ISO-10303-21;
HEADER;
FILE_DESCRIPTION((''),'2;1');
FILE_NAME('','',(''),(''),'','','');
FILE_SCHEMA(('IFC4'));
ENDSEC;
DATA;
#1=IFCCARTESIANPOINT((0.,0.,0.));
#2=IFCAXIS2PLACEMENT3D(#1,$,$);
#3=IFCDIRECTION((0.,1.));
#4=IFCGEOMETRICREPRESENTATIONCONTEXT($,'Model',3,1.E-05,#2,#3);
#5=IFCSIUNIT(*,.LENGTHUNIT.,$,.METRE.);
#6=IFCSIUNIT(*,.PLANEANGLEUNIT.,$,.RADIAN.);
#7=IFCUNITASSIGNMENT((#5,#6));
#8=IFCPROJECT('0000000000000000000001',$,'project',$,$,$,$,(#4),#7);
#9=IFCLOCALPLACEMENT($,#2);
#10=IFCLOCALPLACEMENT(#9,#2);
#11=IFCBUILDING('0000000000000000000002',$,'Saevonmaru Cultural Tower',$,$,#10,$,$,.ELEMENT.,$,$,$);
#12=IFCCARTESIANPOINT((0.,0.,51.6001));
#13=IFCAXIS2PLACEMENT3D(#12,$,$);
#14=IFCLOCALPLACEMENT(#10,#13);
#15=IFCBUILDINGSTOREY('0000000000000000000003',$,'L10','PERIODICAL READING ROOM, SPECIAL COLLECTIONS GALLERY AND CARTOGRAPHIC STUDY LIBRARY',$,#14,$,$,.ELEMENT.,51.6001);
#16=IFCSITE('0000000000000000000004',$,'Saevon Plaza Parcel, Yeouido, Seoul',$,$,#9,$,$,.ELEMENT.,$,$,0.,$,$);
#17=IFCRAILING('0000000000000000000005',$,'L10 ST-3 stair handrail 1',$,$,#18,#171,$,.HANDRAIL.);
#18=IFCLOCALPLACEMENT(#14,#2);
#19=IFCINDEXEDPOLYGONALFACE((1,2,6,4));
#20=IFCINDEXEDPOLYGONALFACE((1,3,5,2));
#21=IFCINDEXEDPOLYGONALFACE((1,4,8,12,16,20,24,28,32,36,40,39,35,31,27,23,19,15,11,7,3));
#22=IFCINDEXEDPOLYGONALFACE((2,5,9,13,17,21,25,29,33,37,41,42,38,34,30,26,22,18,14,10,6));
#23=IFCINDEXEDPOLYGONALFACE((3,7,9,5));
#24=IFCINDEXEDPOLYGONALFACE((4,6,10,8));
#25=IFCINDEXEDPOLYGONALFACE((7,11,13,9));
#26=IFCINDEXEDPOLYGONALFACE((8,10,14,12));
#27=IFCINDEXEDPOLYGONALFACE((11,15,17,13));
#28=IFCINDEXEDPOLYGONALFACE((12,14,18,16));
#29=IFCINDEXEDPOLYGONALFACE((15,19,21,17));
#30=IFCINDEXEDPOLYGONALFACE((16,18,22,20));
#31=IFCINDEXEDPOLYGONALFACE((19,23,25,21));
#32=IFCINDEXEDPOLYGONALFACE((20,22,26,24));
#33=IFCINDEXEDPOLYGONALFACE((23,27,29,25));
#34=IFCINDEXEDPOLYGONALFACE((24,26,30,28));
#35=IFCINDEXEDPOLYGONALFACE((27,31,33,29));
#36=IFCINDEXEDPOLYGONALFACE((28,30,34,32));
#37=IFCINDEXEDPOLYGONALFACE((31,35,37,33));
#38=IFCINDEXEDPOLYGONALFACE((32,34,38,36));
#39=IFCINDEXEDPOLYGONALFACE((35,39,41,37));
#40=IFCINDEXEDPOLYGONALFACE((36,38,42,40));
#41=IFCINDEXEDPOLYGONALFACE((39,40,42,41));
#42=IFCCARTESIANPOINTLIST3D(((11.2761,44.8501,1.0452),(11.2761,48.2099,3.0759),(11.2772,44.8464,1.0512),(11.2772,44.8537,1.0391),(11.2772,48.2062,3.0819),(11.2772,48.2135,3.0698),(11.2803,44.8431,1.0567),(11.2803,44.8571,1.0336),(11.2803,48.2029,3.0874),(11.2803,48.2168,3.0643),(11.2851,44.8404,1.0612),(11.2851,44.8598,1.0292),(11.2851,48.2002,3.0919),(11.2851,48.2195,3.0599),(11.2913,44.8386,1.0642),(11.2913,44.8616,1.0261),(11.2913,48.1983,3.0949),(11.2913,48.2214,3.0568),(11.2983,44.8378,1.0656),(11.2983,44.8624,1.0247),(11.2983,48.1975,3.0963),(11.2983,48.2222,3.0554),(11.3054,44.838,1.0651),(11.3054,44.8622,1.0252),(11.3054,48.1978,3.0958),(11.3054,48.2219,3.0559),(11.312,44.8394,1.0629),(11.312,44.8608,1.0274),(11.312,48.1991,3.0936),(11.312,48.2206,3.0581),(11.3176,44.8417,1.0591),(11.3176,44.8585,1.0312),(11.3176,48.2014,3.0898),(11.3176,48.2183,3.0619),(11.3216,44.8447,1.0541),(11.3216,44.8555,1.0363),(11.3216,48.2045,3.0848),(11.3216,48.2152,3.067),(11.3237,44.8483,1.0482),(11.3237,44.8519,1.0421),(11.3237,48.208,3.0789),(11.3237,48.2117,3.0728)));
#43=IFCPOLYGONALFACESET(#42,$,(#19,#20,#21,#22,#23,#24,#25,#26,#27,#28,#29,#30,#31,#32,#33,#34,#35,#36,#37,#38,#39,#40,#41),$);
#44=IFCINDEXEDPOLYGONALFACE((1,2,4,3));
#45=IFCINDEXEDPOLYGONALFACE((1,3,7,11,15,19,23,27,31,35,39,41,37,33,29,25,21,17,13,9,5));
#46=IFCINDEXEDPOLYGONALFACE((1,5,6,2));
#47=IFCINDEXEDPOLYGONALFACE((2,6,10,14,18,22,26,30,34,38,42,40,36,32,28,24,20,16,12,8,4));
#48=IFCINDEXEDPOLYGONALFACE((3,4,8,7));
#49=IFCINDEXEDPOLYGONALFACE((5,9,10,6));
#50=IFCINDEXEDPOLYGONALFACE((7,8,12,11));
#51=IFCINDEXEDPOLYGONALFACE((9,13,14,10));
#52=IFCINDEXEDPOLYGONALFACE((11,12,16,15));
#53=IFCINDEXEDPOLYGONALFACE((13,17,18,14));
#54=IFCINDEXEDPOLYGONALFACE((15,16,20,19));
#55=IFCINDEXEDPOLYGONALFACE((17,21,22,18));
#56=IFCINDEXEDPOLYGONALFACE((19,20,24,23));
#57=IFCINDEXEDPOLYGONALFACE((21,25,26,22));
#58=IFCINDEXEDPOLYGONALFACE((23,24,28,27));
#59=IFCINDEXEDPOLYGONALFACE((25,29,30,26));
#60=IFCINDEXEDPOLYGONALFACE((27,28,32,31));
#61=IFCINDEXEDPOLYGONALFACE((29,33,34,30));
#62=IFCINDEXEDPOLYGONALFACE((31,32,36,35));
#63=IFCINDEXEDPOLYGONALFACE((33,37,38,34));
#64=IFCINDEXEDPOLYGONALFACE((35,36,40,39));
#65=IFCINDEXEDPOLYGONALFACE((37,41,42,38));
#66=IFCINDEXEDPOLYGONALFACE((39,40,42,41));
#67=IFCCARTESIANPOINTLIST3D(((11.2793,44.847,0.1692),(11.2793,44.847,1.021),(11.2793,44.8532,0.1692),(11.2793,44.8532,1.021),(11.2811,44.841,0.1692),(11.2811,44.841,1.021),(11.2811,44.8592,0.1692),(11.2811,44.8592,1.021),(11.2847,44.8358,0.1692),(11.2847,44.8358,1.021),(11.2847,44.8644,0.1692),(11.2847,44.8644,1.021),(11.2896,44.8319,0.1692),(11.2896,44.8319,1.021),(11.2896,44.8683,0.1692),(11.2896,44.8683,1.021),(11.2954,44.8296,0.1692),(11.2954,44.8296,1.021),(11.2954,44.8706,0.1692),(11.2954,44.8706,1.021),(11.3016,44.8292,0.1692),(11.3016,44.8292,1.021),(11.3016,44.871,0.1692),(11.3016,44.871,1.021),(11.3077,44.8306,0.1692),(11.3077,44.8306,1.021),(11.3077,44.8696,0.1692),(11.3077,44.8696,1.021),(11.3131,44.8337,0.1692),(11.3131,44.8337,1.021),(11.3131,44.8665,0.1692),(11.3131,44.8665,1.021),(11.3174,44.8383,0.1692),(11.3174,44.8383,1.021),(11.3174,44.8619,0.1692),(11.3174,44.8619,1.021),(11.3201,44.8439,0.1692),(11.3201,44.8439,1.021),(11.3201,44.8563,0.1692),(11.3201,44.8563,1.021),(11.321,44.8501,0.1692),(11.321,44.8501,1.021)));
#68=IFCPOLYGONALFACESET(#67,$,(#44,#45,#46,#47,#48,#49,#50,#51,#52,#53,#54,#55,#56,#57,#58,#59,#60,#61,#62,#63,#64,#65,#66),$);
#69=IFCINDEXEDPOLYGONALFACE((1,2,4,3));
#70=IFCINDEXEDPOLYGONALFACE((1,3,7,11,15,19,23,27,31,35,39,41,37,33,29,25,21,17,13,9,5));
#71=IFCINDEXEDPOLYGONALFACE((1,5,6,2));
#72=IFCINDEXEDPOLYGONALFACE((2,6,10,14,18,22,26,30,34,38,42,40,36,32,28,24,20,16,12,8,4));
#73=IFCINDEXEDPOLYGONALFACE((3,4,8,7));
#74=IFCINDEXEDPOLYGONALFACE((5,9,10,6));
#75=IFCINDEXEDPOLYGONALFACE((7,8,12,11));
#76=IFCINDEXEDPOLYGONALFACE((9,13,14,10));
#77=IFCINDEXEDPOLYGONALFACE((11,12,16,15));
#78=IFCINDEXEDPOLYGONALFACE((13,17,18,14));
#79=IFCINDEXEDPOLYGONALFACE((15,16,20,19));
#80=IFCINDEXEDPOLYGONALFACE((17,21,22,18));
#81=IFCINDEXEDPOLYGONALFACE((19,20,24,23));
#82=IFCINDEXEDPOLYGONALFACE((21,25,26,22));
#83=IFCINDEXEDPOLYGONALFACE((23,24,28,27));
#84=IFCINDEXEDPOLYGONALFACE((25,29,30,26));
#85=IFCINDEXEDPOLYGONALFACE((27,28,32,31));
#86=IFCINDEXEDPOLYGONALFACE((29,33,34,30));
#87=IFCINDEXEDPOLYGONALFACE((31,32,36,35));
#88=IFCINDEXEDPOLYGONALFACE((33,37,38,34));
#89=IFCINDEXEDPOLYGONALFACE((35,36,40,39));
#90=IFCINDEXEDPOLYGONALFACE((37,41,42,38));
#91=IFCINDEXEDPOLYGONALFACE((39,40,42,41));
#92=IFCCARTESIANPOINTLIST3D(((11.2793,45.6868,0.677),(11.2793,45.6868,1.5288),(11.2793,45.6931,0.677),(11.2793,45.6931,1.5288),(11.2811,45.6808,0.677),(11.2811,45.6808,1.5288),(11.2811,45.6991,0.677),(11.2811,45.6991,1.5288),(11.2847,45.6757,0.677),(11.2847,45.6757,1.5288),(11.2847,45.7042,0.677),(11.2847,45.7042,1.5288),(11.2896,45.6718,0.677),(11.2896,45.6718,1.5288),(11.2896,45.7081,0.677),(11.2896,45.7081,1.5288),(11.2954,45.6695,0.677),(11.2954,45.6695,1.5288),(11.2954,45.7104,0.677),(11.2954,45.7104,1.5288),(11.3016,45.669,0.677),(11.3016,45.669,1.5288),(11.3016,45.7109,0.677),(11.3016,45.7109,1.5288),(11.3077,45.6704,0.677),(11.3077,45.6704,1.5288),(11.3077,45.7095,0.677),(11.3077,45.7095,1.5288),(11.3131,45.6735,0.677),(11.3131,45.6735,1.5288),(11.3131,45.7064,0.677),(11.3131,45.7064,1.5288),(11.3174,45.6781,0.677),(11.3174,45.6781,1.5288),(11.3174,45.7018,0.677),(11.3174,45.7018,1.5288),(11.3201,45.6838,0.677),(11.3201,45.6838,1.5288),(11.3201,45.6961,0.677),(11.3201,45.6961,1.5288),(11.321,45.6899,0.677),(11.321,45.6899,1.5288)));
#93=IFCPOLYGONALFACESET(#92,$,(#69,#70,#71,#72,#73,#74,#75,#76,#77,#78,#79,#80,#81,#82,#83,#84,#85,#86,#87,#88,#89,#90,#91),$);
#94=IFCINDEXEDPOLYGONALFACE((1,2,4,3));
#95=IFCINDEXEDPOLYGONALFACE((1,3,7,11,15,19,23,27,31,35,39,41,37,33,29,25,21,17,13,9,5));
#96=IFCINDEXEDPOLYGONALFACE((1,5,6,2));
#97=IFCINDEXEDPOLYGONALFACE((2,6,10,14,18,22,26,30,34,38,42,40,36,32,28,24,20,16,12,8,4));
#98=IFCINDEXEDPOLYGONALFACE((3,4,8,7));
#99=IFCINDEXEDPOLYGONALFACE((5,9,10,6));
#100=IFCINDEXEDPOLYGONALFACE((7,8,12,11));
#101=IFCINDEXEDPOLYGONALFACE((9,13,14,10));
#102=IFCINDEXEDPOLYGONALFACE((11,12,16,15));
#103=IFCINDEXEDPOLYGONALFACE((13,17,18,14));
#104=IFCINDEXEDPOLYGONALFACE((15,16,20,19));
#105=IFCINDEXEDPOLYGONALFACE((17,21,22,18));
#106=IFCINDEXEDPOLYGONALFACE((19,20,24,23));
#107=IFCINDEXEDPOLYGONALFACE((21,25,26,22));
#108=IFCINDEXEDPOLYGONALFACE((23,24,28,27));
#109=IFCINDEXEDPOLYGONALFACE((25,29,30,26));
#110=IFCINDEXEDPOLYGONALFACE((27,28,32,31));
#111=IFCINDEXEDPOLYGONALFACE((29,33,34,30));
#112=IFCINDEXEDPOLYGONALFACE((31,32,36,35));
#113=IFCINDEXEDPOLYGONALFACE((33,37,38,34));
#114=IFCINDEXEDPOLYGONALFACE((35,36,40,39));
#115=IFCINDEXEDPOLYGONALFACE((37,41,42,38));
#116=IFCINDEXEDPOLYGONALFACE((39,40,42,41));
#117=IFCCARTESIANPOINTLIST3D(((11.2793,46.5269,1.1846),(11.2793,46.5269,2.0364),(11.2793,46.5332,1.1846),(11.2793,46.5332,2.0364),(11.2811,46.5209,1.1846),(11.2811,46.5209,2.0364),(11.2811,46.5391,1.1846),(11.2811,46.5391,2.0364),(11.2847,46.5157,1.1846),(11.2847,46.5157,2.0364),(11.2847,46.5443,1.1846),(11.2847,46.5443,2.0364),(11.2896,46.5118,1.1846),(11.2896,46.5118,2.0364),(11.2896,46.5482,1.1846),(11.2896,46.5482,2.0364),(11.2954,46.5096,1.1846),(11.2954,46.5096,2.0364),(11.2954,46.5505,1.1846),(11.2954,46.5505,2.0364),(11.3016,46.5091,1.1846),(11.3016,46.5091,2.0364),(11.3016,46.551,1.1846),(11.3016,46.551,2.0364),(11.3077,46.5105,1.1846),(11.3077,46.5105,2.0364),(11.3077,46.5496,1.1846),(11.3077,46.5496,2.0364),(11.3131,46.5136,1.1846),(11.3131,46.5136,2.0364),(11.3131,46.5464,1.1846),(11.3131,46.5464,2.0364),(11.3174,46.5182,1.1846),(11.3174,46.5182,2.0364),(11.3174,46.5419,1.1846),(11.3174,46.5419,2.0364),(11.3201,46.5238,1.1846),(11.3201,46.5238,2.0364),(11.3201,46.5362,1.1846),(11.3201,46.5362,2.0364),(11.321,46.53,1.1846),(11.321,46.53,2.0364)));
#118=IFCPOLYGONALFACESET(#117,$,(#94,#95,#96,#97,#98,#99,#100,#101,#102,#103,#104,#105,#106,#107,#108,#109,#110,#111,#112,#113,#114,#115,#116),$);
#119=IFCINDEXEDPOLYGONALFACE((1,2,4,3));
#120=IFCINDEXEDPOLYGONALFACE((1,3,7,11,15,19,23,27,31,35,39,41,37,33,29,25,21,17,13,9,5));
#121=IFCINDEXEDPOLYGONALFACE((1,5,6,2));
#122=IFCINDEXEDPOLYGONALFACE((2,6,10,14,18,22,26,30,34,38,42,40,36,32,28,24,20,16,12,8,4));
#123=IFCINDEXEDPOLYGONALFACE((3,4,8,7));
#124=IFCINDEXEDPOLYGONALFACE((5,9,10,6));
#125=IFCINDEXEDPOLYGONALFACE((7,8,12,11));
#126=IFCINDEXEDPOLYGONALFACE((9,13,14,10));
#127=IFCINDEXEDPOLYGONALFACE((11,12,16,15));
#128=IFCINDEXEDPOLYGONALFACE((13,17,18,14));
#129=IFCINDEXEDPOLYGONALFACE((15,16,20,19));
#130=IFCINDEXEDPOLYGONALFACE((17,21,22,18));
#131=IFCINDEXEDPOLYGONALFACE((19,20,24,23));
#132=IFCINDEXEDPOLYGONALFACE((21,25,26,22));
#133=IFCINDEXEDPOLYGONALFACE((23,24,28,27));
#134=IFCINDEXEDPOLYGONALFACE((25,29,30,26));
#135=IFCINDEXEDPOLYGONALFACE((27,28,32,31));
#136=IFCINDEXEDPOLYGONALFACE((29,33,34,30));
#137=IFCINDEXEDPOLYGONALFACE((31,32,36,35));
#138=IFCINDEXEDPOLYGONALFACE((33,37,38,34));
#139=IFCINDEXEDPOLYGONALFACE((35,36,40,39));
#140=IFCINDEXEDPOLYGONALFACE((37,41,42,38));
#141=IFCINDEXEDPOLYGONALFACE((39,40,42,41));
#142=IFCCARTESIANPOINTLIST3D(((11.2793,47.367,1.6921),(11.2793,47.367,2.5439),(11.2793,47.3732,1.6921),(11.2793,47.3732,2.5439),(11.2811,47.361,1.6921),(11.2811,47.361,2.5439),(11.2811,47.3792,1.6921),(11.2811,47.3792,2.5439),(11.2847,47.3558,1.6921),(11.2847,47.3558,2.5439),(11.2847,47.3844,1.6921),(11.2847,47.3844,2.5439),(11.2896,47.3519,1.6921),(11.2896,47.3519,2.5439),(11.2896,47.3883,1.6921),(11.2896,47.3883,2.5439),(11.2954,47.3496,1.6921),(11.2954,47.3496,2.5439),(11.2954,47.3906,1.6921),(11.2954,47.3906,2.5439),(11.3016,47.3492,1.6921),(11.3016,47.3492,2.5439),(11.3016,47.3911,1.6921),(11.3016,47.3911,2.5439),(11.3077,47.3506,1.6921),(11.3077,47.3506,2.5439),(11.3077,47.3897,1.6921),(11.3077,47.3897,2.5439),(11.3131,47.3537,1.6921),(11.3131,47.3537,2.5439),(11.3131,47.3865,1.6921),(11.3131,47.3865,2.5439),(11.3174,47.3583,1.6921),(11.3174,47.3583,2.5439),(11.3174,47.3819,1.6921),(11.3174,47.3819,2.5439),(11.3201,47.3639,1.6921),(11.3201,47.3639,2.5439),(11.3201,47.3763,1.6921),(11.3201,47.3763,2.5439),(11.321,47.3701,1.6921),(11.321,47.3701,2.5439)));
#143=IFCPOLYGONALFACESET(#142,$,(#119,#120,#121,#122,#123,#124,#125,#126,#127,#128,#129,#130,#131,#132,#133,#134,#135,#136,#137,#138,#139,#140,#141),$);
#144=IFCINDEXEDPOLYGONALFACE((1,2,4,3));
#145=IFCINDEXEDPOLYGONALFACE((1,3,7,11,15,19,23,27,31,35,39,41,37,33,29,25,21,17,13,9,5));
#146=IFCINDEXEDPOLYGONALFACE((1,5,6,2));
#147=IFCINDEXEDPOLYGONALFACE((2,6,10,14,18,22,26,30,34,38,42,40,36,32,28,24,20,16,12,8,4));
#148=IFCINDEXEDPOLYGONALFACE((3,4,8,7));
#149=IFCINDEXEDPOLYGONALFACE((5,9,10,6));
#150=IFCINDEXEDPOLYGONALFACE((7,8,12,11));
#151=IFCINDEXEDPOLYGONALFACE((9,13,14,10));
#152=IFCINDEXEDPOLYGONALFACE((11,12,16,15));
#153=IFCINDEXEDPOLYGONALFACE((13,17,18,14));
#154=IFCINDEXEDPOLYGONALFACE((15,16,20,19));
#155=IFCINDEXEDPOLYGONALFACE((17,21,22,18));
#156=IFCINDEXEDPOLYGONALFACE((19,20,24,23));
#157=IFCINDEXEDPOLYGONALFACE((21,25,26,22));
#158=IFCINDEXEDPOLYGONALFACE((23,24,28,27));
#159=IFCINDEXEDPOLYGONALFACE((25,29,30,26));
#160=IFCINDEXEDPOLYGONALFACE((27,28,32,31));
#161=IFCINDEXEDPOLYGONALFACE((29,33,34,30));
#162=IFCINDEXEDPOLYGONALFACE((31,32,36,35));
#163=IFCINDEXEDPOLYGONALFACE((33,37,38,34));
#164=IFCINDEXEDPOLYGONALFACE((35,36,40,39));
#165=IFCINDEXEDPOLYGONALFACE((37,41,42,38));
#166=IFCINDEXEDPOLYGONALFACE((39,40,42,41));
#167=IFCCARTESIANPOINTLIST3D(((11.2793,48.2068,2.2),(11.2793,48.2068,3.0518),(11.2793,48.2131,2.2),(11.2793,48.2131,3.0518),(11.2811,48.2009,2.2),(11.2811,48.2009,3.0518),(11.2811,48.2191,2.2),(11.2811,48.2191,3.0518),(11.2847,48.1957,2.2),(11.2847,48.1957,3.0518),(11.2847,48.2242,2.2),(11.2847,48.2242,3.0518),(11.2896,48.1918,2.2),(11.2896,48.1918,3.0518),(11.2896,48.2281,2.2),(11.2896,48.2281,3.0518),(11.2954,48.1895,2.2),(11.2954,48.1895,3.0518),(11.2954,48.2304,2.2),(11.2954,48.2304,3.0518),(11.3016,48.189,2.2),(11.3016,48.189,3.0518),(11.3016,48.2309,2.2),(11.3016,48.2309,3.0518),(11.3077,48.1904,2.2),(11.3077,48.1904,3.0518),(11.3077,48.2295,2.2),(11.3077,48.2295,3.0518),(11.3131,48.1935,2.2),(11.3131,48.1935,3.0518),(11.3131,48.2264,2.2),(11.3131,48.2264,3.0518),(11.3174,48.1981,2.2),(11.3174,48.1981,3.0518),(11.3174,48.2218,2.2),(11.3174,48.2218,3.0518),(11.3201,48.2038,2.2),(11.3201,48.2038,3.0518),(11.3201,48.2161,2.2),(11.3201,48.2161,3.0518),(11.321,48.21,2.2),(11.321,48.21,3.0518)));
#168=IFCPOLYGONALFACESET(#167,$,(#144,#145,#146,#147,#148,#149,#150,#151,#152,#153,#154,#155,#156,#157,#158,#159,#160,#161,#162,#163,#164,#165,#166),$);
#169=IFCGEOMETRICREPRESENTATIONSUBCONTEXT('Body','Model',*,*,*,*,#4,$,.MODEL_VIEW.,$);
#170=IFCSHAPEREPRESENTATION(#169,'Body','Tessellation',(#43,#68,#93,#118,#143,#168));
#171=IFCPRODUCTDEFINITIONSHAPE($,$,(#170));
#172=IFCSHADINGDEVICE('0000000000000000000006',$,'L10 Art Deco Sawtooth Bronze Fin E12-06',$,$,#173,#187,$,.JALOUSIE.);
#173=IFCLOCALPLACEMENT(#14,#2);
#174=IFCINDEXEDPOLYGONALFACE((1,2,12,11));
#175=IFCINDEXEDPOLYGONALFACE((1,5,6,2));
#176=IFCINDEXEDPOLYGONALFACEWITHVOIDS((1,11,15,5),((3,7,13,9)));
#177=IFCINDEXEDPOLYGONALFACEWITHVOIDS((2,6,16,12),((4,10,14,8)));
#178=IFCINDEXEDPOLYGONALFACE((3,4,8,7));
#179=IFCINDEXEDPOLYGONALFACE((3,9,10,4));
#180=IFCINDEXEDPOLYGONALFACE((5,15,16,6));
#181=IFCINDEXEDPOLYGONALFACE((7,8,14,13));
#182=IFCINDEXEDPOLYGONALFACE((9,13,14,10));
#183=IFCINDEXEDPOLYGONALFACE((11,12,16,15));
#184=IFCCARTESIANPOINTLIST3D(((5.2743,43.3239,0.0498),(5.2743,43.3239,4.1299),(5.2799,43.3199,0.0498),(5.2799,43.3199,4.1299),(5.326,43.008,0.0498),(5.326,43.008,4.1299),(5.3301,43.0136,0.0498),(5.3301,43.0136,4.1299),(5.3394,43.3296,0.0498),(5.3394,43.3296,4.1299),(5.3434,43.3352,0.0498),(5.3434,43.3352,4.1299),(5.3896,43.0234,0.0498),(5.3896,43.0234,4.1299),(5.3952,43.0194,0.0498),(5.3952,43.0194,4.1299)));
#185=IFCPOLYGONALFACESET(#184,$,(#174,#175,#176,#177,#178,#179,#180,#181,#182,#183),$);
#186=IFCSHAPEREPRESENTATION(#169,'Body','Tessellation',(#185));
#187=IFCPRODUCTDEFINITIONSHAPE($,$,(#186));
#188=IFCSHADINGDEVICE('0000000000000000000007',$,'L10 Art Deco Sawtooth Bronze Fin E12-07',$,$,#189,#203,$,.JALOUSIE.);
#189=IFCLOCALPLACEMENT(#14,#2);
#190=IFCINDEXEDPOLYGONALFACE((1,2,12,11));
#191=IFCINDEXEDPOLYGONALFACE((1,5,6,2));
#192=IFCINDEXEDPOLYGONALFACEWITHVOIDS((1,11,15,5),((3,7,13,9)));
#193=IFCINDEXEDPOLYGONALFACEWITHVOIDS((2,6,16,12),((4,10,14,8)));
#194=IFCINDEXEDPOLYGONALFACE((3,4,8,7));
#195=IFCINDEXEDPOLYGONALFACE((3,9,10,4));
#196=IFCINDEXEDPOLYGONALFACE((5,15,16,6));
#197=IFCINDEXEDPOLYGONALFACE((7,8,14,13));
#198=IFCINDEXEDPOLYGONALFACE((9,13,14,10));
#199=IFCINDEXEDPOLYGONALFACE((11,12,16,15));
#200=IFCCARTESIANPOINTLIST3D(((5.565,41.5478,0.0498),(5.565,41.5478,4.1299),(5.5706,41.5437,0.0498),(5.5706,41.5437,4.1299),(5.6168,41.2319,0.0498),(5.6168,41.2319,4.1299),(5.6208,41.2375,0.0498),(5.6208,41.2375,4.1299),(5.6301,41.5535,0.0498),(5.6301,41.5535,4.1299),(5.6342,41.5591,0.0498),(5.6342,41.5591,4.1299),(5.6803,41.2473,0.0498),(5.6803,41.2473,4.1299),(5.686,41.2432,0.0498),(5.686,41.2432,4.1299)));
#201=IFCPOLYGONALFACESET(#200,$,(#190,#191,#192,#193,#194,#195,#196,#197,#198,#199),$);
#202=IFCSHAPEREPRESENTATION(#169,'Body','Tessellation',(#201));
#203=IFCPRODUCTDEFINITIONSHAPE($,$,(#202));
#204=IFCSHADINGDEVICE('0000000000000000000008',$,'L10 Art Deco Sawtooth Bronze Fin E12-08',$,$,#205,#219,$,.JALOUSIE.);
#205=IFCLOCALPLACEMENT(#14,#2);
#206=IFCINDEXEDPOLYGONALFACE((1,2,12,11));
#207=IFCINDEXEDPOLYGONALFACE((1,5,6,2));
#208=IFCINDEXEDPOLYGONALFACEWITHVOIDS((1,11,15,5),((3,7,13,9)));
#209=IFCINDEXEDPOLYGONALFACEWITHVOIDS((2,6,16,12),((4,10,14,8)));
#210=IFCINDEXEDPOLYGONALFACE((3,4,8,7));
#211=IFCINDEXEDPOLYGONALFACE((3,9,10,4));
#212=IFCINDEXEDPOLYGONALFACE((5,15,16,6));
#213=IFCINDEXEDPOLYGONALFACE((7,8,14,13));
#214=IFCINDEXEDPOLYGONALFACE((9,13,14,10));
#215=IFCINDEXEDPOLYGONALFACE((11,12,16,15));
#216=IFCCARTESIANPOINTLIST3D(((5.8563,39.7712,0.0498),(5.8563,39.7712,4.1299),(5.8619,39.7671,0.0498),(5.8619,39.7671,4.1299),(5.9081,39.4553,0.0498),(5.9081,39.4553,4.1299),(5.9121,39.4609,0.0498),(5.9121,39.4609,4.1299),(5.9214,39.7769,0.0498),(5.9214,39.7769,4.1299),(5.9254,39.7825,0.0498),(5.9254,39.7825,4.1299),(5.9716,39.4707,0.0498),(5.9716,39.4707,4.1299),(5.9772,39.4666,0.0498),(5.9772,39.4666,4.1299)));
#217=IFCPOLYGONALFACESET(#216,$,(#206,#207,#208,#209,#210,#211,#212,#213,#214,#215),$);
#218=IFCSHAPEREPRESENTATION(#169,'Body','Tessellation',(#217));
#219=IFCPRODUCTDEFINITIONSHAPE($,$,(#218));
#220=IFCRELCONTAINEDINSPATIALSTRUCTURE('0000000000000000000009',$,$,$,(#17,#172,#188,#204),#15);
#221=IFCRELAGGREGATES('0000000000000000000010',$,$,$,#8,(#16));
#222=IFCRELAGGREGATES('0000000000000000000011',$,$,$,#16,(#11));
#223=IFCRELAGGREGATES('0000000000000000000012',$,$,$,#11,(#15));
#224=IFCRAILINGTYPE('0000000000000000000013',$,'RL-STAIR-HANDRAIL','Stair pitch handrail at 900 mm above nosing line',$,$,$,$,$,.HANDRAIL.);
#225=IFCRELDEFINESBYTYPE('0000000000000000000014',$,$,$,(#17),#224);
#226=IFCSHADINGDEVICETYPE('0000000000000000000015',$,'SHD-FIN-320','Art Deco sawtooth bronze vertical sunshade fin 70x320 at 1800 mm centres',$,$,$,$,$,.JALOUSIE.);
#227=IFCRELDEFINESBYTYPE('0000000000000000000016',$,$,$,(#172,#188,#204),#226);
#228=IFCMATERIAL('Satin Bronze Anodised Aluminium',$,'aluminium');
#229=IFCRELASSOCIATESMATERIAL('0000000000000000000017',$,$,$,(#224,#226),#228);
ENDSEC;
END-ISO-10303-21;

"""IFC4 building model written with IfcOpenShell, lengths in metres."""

from ifc_helpers import new_model, si_unit, direction, frame, origin, origin_2d, place, context, subcontext, project, spatial, hollow_rectangle, circle, extrude, material, material_profile, profile_set, type_object, element, save


model = new_model("IFC4")

# Units and contexts
model_context = context("Model", 3, precision=1e-05, world=origin(), true_north=direction((0.0, 1.0)))
body_context = subcontext(model_context, "Body", "Model", "MODEL_VIEW")
ifc_project = project(units=[si_unit("LENGTHUNIT", "METRE"), si_unit("PLANEANGLEUNIT", "RADIAN")], contexts=[model_context])

# Site, building, storey
site_placement = place(None, origin())
site = spatial("IfcSite", under=ifc_project, at=site_placement, Name="Saevon Plaza Parcel, Yeouido, Seoul", CompositionType="ELEMENT", RefElevation=0.0)
building_placement = place(site_placement, origin())
building = spatial("IfcBuilding", under=site, at=building_placement, Name="Saevonmaru Cultural Tower", CompositionType="ELEMENT")
storey_placement = place(building_placement, frame((0.0, 0.0, 51.6001)))
storey = spatial("IfcBuildingStorey", under=building, at=storey_placement, Name="L10", Description="PERIODICAL READING ROOM, SPECIAL COLLECTIONS GALLERY AND CARTOGRAPHIC STUDY LIBRARY", CompositionType="ELEMENT", Elevation=51.6001)

# Shared definitions
ifc_material_1 = material(Name="Satin Bronze Anodised Aluminium", Category="aluminium")

# Railing
railing_type_1 = type_object("IfcRailingType", Name="RL-STAIR-HANDRAIL", Description="Stair pitch handrail at 900 mm above nosing line", PredefinedType="HANDRAIL", material=ifc_material_1)
railing_1_placement = place(storey_placement, frame((11.3, 44.8501, 0.1692)))
element("IfcRailing", 1, at=railing_1_placement, inside=storey, type_object=railing_type_1, Name="L10 ST-3 stair handrail 1", PredefinedType="HANDRAIL", context=body_context, shape_type="SweptSolid", body=[
    extrude(circle(Radius=0.0239, at=origin_2d()), frame((0.0, 0.0, 0.876), z_axis=(0.0, 0.85582, 0.517273), x_axis=(-1.0, 0.0, 0.0)), (0.0, 0.0, 1.0), 3.9258),
    extrude(circle(Radius=0.021, at=origin_2d()), origin(), (0.0, 0.0, 1.0), 0.8518),
    extrude(circle(Radius=0.021, at=origin_2d()), frame((0.0, 0.8398, 0.5078)), (0.0, 0.0, 1.0), 0.8518),
    extrude(circle(Radius=0.021, at=origin_2d()), frame((0.0, 1.6799, 1.0154)), (0.0, 0.0, 1.0), 0.8518),
    extrude(circle(Radius=0.021, at=origin_2d()), frame((0.0, 2.52, 1.5229)), (0.0, 0.0, 1.0), 0.8518),
    extrude(circle(Radius=0.021, at=origin_2d()), frame((0.0, 3.3599, 2.0308)), (0.0, 0.0, 1.0), 0.8518),
])

# Shading devices
ifc_material_profile_1 = material_profile(ifc_material_1, hollow_rectangle(XDim=0.0701, YDim=0.3201, WallThickness=0.0049, at=origin_2d()), Name="FIN-320x70")
ifc_profile_set_1 = profile_set([ifc_material_profile_1], Name="Satin Bronze Anodised Aluminium")
shading_device_type = type_object("IfcShadingDeviceType", Name="SHD-FIN-320", Description="Art Deco sawtooth bronze vertical sunshade fin 70x320 at 1800 mm centres", PredefinedType="JALOUSIE", material=ifc_profile_set_1)
for number, where, z_axis, x_axis, name in (
    (2, (5.3347, 43.1716, 0.0498), (0.0, 0.0, 1.0), (-0.986827, -0.161776, 0.0), "L10 Art Deco Sawtooth Bronze Fin E12-06"),
    (3, (5.6255, 41.3955, 0.0498), (0.0, 0.0, 1.0), (-0.986827, -0.161776, 0.0), "L10 Art Deco Sawtooth Bronze Fin E12-07"),
    (4, (5.9167, 39.6189, 0.0498), (0.0, 0.0, 1.0), (-0.986827, -0.161776, 0.0), "L10 Art Deco Sawtooth Bronze Fin E12-08"),
):
    element("IfcShadingDevice", number, at=place(storey_placement, frame(where, z_axis=z_axis, x_axis=x_axis)), inside=storey, type_object=shading_device_type, Name=name, PredefinedType="JALOUSIE", context=body_context, shape_type="SweptSolid", body=[
        extrude(hollow_rectangle(XDim=0.0701, YDim=0.3201, WallThickness=0.0049, at=origin_2d()), origin(), (0.0, 0.0, 1.0), 4.0801),
    ])

save(model, "model.ifc")
